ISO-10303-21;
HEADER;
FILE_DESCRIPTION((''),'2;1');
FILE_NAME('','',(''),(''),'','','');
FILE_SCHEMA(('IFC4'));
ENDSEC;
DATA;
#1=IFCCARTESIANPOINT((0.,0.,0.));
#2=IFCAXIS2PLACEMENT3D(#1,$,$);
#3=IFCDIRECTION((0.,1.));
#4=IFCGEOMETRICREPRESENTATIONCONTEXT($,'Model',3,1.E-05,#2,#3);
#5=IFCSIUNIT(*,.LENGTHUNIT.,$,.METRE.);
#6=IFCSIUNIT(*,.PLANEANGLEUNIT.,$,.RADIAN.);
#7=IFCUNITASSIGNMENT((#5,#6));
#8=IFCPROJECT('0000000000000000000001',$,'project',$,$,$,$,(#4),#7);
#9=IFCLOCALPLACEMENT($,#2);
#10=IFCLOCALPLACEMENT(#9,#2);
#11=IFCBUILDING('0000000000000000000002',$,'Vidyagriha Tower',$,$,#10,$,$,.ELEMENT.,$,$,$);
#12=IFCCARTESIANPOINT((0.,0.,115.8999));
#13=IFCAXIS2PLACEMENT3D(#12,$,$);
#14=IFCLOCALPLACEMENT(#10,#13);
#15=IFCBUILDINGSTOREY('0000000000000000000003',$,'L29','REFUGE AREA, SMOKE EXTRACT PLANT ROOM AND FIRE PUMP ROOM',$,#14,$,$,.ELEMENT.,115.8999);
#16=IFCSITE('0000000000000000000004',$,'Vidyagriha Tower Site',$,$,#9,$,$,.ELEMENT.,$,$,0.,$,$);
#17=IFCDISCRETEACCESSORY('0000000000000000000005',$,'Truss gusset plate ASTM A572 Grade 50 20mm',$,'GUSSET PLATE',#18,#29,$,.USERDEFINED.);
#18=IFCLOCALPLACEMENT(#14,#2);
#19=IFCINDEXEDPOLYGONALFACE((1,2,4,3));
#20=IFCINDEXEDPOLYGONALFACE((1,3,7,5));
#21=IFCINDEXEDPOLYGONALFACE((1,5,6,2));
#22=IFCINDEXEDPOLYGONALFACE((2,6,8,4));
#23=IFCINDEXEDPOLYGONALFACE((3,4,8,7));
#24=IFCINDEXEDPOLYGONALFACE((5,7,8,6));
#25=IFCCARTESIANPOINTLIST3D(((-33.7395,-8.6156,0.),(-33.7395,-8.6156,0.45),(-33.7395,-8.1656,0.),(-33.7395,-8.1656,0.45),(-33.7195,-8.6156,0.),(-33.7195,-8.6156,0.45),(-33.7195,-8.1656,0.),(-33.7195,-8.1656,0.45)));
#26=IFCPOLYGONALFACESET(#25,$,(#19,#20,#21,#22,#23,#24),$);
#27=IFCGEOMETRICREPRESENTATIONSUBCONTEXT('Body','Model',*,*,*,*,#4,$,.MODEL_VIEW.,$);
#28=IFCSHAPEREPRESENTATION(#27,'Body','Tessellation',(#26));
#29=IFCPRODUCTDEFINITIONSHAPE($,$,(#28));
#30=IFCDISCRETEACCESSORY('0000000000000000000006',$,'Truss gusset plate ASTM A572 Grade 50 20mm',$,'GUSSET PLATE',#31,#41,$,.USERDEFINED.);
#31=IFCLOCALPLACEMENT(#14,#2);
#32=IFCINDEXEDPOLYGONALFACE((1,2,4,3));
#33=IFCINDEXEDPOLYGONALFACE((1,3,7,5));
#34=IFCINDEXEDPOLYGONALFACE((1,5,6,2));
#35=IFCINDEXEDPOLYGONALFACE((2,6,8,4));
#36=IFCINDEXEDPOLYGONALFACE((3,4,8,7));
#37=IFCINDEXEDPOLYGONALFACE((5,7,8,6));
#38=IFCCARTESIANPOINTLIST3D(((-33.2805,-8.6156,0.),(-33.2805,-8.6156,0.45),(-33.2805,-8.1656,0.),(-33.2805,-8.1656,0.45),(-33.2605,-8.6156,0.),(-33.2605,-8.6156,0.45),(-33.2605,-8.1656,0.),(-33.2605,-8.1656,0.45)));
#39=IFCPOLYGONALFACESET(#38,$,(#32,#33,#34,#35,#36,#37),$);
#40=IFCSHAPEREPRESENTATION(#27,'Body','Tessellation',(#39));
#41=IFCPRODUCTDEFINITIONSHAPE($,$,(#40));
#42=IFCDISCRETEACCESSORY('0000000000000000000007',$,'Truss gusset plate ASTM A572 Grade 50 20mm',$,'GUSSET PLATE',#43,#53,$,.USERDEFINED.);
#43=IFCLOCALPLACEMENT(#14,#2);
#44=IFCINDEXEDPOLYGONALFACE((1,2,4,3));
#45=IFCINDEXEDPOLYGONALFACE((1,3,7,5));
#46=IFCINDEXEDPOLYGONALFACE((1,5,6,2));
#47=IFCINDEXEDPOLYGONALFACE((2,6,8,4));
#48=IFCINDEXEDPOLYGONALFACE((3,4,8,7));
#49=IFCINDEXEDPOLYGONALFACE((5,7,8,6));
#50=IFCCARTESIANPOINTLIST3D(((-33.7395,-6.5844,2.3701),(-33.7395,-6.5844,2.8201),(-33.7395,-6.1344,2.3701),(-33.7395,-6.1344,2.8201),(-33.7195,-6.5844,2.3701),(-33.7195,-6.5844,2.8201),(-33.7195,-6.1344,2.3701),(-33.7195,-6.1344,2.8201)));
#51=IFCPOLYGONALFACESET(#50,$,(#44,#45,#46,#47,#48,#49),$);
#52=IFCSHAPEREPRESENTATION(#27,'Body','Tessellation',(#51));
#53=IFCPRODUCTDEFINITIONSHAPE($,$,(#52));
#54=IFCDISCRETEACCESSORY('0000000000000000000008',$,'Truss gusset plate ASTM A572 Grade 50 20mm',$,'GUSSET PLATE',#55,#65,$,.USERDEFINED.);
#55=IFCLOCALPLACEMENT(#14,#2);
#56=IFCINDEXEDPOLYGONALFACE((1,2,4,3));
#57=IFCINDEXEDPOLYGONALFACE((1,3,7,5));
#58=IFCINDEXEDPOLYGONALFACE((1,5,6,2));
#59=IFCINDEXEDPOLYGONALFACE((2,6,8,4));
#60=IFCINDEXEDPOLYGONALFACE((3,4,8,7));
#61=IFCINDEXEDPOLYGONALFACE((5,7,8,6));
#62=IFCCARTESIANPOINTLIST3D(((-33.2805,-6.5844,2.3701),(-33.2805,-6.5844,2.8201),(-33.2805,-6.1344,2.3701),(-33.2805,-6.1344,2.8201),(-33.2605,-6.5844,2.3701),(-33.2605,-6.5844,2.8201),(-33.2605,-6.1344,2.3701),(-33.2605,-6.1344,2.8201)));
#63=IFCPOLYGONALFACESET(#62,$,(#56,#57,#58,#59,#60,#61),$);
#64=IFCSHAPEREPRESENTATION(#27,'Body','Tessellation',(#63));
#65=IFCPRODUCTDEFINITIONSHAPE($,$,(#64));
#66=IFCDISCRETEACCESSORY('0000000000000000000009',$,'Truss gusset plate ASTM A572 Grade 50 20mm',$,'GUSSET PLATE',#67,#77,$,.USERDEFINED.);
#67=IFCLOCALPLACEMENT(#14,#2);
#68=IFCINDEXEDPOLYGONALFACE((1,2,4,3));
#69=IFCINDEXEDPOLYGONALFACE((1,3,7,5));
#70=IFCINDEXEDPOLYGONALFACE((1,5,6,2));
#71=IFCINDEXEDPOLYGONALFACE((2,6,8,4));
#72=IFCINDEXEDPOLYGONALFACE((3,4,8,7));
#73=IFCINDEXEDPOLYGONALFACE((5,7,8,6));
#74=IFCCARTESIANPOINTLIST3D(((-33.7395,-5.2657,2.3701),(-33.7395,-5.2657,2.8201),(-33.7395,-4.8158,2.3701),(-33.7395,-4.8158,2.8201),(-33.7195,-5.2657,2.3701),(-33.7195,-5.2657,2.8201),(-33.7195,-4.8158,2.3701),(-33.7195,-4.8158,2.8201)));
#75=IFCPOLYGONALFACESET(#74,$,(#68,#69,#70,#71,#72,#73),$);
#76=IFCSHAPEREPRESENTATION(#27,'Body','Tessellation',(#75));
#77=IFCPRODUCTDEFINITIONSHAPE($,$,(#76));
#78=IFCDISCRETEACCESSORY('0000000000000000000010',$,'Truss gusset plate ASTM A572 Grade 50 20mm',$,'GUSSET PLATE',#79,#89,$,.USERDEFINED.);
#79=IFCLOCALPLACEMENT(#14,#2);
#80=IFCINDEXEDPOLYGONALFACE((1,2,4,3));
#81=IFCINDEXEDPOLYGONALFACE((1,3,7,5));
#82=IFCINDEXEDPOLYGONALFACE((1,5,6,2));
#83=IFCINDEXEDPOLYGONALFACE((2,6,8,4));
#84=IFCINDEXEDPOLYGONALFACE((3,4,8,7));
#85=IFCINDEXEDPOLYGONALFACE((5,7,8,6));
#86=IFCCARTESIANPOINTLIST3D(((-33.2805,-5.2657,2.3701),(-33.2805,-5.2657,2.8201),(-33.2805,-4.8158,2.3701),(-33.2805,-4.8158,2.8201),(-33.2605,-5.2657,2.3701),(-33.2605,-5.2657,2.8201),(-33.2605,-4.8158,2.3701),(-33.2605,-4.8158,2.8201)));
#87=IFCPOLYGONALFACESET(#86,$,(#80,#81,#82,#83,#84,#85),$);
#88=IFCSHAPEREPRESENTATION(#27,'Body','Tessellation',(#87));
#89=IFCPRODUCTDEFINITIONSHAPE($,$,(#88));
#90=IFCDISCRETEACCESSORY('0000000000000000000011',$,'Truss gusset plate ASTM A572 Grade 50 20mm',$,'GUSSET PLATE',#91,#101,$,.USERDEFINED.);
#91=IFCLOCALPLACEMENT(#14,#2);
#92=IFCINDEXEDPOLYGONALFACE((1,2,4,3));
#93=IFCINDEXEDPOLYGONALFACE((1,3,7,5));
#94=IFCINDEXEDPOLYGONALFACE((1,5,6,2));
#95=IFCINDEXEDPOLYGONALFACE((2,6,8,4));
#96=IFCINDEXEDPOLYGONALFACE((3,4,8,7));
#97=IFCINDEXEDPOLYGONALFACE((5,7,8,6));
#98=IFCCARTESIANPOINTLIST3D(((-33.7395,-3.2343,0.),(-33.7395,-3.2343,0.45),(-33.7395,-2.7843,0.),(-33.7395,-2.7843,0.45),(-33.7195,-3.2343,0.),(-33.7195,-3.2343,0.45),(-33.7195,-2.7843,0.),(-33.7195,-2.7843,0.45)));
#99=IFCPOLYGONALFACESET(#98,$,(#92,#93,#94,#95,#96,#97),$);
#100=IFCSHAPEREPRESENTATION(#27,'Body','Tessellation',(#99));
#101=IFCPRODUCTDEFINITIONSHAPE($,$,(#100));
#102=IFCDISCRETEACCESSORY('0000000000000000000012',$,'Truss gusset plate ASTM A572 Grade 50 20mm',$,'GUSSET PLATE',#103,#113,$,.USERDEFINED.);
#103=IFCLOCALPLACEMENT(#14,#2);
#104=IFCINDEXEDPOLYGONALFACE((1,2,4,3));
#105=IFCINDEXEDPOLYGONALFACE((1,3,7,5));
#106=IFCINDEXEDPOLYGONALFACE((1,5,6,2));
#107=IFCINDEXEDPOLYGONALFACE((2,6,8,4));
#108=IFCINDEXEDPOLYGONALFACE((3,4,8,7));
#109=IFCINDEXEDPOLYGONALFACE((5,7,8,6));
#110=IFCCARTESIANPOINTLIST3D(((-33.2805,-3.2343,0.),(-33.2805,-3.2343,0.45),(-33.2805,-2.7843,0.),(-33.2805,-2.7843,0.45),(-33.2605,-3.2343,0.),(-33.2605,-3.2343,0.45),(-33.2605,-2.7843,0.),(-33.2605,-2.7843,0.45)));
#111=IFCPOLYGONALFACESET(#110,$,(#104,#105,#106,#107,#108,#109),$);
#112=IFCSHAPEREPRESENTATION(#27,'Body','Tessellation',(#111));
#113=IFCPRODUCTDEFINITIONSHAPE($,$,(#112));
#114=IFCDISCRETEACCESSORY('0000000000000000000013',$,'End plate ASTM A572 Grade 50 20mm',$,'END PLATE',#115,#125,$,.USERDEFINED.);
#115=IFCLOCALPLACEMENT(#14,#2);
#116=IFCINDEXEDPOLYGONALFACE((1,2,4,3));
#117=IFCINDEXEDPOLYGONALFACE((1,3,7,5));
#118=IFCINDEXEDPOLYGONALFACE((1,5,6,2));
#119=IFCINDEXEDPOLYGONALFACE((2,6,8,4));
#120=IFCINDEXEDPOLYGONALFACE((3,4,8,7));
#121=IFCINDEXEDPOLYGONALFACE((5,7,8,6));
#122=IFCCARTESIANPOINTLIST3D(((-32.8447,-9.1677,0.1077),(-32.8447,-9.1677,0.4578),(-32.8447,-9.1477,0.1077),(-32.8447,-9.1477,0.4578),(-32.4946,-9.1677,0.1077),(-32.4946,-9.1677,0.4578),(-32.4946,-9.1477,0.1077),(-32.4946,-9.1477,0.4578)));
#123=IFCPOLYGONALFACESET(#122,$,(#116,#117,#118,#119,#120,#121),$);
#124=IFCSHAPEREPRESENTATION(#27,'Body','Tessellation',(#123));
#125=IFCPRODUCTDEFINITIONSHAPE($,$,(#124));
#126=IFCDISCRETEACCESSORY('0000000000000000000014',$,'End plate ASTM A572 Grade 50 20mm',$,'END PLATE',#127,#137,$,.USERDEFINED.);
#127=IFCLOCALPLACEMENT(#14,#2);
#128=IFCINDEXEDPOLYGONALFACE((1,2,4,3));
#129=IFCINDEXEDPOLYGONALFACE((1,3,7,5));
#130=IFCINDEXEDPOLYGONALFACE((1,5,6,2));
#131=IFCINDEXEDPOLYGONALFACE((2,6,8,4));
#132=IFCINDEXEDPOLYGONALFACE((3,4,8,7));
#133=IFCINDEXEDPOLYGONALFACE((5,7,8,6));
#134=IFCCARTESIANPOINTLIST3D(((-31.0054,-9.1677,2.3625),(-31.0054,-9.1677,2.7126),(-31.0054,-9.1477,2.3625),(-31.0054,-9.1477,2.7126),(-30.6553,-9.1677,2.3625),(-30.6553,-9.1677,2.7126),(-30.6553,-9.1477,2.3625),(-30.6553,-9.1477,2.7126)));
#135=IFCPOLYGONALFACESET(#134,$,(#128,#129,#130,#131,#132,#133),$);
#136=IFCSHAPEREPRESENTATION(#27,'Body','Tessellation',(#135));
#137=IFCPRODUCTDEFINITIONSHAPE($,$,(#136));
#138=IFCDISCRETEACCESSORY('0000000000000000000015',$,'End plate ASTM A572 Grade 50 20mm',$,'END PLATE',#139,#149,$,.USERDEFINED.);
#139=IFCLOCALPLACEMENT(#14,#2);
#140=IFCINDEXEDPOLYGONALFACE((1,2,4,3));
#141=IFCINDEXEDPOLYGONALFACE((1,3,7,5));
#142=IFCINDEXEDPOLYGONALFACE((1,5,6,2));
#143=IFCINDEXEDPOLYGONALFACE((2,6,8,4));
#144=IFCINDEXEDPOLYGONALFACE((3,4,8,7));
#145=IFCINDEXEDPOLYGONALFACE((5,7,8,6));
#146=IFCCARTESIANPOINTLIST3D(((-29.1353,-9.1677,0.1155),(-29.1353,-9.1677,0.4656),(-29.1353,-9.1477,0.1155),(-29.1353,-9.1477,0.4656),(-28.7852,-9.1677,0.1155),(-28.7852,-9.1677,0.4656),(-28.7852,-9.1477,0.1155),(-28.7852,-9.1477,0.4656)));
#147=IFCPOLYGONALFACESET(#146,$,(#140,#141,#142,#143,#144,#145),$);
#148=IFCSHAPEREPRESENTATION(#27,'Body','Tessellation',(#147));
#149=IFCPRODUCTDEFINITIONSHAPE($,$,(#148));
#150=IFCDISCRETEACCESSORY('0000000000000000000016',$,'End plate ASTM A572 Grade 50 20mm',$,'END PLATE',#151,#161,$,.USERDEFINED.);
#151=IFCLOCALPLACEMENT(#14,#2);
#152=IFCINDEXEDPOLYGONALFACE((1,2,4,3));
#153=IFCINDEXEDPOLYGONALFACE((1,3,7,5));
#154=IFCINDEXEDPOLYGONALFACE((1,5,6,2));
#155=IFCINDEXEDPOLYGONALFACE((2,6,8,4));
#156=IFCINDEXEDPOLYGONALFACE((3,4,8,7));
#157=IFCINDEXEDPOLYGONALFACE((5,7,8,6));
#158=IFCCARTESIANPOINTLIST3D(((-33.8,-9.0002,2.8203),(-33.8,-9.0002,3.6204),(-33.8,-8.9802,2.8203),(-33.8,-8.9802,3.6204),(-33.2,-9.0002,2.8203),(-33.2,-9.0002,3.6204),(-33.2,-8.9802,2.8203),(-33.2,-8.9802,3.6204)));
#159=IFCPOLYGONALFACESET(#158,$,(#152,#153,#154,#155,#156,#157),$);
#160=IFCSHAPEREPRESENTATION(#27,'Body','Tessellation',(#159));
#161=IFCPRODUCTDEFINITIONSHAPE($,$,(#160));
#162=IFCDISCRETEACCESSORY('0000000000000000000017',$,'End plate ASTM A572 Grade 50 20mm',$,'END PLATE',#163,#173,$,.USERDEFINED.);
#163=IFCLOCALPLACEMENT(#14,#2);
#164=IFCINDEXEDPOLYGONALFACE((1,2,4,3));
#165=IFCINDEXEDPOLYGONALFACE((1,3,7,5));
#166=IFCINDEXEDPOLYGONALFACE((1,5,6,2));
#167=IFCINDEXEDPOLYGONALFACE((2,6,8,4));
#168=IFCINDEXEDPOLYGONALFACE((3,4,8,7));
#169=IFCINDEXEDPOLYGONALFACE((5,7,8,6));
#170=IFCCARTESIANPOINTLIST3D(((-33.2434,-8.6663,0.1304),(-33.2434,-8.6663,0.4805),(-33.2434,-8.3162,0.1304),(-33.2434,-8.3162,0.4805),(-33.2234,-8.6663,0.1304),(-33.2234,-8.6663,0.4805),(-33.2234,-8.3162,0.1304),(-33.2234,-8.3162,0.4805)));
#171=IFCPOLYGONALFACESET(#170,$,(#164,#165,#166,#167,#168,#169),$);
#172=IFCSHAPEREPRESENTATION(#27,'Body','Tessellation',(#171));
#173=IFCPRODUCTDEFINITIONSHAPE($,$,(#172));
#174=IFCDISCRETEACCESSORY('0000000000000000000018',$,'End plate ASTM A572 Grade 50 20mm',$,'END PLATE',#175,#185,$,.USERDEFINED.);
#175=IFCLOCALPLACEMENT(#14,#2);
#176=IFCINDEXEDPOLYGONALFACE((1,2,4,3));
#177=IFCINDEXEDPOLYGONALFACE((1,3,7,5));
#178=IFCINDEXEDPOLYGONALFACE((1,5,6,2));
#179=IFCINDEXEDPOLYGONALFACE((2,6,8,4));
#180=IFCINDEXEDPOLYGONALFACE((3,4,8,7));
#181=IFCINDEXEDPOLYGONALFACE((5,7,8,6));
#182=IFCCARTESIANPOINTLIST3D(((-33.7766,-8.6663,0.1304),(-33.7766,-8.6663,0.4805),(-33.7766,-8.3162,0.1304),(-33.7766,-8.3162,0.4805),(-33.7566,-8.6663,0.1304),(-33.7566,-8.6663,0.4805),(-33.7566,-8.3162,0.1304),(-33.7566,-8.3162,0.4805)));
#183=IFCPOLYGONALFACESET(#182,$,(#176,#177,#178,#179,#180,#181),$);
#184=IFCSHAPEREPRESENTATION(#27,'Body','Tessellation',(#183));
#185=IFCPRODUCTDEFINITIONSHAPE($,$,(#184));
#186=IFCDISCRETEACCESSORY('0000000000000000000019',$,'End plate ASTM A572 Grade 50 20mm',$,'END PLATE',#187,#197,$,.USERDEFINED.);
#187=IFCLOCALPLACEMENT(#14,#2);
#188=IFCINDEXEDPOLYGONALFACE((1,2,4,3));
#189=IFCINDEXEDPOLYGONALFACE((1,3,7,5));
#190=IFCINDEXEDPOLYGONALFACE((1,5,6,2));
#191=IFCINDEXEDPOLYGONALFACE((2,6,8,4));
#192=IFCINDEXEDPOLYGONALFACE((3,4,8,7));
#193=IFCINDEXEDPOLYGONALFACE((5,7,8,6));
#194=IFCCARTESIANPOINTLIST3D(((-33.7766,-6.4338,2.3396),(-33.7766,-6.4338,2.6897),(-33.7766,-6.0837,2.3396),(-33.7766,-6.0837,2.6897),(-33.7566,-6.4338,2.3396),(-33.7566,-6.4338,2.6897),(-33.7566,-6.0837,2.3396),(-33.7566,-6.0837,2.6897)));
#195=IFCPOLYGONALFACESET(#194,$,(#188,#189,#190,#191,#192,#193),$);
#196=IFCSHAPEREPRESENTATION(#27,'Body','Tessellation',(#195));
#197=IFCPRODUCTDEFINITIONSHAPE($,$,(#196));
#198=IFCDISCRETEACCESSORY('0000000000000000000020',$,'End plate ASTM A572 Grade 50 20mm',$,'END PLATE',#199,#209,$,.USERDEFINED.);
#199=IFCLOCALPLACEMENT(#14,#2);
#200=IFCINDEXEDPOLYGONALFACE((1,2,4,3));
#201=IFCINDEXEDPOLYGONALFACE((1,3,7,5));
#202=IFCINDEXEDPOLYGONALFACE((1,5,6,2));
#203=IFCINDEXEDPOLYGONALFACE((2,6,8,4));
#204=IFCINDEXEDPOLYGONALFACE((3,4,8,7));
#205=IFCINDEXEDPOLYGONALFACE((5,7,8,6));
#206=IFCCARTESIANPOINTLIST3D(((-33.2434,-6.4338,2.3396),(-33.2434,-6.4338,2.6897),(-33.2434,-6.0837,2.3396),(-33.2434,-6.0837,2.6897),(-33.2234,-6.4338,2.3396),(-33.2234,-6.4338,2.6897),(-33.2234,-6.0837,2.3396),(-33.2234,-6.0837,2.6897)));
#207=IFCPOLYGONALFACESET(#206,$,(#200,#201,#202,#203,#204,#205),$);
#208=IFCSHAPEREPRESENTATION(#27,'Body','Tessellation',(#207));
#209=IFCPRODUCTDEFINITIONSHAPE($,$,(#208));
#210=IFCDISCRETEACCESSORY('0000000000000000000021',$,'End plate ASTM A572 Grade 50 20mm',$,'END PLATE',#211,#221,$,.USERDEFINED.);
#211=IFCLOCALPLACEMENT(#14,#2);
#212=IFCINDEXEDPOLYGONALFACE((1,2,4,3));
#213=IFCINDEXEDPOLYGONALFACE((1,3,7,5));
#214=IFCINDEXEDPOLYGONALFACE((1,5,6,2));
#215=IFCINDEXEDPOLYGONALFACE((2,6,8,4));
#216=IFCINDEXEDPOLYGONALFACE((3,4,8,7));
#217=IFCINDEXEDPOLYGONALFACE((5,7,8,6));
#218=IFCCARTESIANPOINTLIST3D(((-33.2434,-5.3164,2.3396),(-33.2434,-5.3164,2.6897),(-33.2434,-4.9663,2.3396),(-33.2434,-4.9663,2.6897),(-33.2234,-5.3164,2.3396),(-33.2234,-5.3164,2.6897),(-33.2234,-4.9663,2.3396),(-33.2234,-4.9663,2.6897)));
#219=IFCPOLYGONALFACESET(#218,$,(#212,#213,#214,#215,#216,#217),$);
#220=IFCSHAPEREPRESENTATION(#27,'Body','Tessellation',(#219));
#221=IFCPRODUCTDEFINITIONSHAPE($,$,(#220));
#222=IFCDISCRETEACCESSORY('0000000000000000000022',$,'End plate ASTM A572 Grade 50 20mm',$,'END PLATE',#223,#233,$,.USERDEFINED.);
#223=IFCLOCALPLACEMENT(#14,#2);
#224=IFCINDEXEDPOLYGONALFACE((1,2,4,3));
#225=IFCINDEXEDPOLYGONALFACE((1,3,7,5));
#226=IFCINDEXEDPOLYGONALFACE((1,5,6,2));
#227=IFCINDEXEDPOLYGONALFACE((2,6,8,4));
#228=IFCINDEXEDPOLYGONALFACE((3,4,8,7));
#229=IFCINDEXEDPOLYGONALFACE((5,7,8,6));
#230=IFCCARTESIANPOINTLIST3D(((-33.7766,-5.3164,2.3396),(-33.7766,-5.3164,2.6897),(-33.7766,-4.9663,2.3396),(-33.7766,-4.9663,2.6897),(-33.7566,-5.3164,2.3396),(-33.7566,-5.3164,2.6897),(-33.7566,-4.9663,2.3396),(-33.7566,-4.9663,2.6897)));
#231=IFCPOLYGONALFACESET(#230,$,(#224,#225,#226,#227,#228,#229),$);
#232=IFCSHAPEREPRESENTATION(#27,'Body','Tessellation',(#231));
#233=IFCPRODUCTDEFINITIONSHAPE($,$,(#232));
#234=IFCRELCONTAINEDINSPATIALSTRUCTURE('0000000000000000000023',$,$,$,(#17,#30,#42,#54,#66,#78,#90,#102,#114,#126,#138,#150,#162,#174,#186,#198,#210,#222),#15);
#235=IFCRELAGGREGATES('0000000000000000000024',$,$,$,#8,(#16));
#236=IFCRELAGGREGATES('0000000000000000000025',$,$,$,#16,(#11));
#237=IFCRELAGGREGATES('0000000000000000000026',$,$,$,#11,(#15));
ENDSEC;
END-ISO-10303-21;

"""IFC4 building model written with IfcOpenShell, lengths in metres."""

from ifc_helpers import new_model, si_unit, direction, frame, origin, origin_2d, place, context, subcontext, project, spatial, rectangle, extrude, element, save


model = new_model("IFC4")

# Units and contexts
model_context = context("Model", 3, precision=1e-05, world=origin(), true_north=direction((0.0, 1.0)))
body_context = subcontext(model_context, "Body", "Model", "MODEL_VIEW")
ifc_project = project(units=[si_unit("LENGTHUNIT", "METRE"), si_unit("PLANEANGLEUNIT", "RADIAN")], contexts=[model_context])

# Site, building, storey
site_placement = place(None, origin())
site = spatial("IfcSite", under=ifc_project, at=site_placement, Name="Vidyagriha Tower Site", CompositionType="ELEMENT", RefElevation=0.0)
building_placement = place(site_placement, origin())
building = spatial("IfcBuilding", under=site, at=building_placement, Name="Vidyagriha Tower", CompositionType="ELEMENT")
storey_placement = place(building_placement, frame((0.0, 0.0, 115.8999)))
storey = spatial("IfcBuildingStorey", under=building, at=storey_placement, Name="L29", Description="REFUGE AREA, SMOKE EXTRACT PLANT ROOM AND FIRE PUMP ROOM", CompositionType="ELEMENT", Elevation=115.8999)

# Discrete accessories
for number, where, z_axis, x_axis, name in (
    (1, (-33.7295, -8.3906, 0.0), (0.0, 0.0, 1.0), (0.0, 1.0, 0.0), "Truss gusset plate ASTM A572 Grade 50 20mm"),
    (2, (-33.2705, -8.3906, 0.0), (0.0, 0.0, 1.0), (0.0, 1.0, 0.0), "Truss gusset plate ASTM A572 Grade 50 20mm"),
    (3, (-33.7295, -6.3594, 2.3701), (0.0, 0.0, 1.0), (0.0, 1.0, 0.0), "Truss gusset plate ASTM A572 Grade 50 20mm"),
    (4, (-33.2705, -6.3594, 2.3701), (0.0, 0.0, 1.0), (0.0, 1.0, 0.0), "Truss gusset plate ASTM A572 Grade 50 20mm"),
    (5, (-33.7295, -5.0408, 2.3701), (0.0, 0.0, 1.0), (0.0, 1.0, 0.0), "Truss gusset plate ASTM A572 Grade 50 20mm"),
    (6, (-33.2705, -5.0408, 2.3701), (0.0, 0.0, 1.0), (0.0, 1.0, 0.0), "Truss gusset plate ASTM A572 Grade 50 20mm"),
    (7, (-33.7295, -3.0093, 0.0), (0.0, 0.0, 1.0), (0.0, 1.0, 0.0), "Truss gusset plate ASTM A572 Grade 50 20mm"),
    (8, (-33.2705, -3.0093, 0.0), (0.0, 0.0, 1.0), (0.0, 1.0, 0.0), "Truss gusset plate ASTM A572 Grade 50 20mm"),
):
    element("IfcDiscreteAccessory", number, at=place(storey_placement, frame(where, z_axis=z_axis, x_axis=x_axis)), inside=storey, Name=name, ObjectType="GUSSET PLATE", PredefinedType="USERDEFINED", context=body_context, shape_type="SweptSolid", body=[
        extrude(rectangle(XDim=0.45, YDim=0.02, at=origin_2d()), origin(), (0.0, 0.0, 1.0), 0.45),
    ])
discrete_accessory_1_placement = place(storey_placement, frame((-32.6697, -9.1577, 0.1077), z_axis=(0.0, 0.0, 1.0), x_axis=(-1.0, 0.0, 0.0)))
element("IfcDiscreteAccessory", 9, at=discrete_accessory_1_placement, inside=storey, Name="End plate ASTM A572 Grade 50 20mm", ObjectType="END PLATE", PredefinedType="USERDEFINED", context=body_context, shape_type="SweptSolid", body=[
    extrude(rectangle(XDim=0.3501, YDim=0.02, at=origin_2d()), origin(), (0.0, 0.0, 1.0), 0.3501),
])
discrete_accessory_2_placement = place(storey_placement, frame((-30.8303, -9.1577, 2.3625)))
element("IfcDiscreteAccessory", 10, at=discrete_accessory_2_placement, inside=storey, Name="End plate ASTM A572 Grade 50 20mm", ObjectType="END PLATE", PredefinedType="USERDEFINED", context=body_context, shape_type="SweptSolid", body=[
    extrude(rectangle(XDim=0.3501, YDim=0.02, at=origin_2d()), origin(), (0.0, 0.0, 1.0), 0.3501),
])
discrete_accessory_3_placement = place(storey_placement, frame((-28.9602, -9.1577, 0.1155), z_axis=(0.0, 0.0, 1.0), x_axis=(-1.0, 0.0, 0.0)))
element("IfcDiscreteAccessory", 11, at=discrete_accessory_3_placement, inside=storey, Name="End plate ASTM A572 Grade 50 20mm", ObjectType="END PLATE", PredefinedType="USERDEFINED", context=body_context, shape_type="SweptSolid", body=[
    extrude(rectangle(XDim=0.3501, YDim=0.02, at=origin_2d()), origin(), (0.0, 0.0, 1.0), 0.3501),
])
discrete_accessory_4_placement = place(storey_placement, frame((-33.5, -8.9902, 2.8203), z_axis=(0.0, 0.0, 1.0), x_axis=(0.0, -1.0, 0.0)))
element("IfcDiscreteAccessory", 12, at=discrete_accessory_4_placement, inside=storey, Name="End plate ASTM A572 Grade 50 20mm", ObjectType="END PLATE", PredefinedType="USERDEFINED", context=body_context, shape_type="SweptSolid", body=[
    extrude(rectangle(XDim=0.02, YDim=0.6001, at=origin_2d()), origin(), (0.0, 0.0, 1.0), 0.8),
])
for number, where, z_axis, x_axis, name in (
    (13, (-33.2334, -8.4912, 0.1304), (0.0, 0.0, 1.0), (0.0, -1.0, 0.0), "End plate ASTM A572 Grade 50 20mm"),
    (14, (-33.7666, -8.4912, 0.1304), (0.0, 0.0, 1.0), (0.0, -1.0, 0.0), "End plate ASTM A572 Grade 50 20mm"),
    (15, (-33.7666, -6.2588, 2.3396), (0.0, 0.0, 1.0), (0.0, 1.0, 0.0), "End plate ASTM A572 Grade 50 20mm"),
    (16, (-33.2334, -6.2588, 2.3396), (0.0, 0.0, 1.0), (0.0, 1.0, 0.0), "End plate ASTM A572 Grade 50 20mm"),
    (17, (-33.2334, -5.1414, 2.3396), (0.0, 0.0, 1.0), (0.0, -1.0, 0.0), "End plate ASTM A572 Grade 50 20mm"),
    (18, (-33.7666, -5.1414, 2.3396), (0.0, 0.0, 1.0), (0.0, -1.0, 0.0), "End plate ASTM A572 Grade 50 20mm"),
):
    element("IfcDiscreteAccessory", number, at=place(storey_placement, frame(where, z_axis=z_axis, x_axis=x_axis)), inside=storey, Name=name, ObjectType="END PLATE", PredefinedType="USERDEFINED", context=body_context, shape_type="SweptSolid", body=[
        extrude(rectangle(XDim=0.3501, YDim=0.02, at=origin_2d()), origin(), (0.0, 0.0, 1.0), 0.3501),
    ])

save(model, "model.ifc")
